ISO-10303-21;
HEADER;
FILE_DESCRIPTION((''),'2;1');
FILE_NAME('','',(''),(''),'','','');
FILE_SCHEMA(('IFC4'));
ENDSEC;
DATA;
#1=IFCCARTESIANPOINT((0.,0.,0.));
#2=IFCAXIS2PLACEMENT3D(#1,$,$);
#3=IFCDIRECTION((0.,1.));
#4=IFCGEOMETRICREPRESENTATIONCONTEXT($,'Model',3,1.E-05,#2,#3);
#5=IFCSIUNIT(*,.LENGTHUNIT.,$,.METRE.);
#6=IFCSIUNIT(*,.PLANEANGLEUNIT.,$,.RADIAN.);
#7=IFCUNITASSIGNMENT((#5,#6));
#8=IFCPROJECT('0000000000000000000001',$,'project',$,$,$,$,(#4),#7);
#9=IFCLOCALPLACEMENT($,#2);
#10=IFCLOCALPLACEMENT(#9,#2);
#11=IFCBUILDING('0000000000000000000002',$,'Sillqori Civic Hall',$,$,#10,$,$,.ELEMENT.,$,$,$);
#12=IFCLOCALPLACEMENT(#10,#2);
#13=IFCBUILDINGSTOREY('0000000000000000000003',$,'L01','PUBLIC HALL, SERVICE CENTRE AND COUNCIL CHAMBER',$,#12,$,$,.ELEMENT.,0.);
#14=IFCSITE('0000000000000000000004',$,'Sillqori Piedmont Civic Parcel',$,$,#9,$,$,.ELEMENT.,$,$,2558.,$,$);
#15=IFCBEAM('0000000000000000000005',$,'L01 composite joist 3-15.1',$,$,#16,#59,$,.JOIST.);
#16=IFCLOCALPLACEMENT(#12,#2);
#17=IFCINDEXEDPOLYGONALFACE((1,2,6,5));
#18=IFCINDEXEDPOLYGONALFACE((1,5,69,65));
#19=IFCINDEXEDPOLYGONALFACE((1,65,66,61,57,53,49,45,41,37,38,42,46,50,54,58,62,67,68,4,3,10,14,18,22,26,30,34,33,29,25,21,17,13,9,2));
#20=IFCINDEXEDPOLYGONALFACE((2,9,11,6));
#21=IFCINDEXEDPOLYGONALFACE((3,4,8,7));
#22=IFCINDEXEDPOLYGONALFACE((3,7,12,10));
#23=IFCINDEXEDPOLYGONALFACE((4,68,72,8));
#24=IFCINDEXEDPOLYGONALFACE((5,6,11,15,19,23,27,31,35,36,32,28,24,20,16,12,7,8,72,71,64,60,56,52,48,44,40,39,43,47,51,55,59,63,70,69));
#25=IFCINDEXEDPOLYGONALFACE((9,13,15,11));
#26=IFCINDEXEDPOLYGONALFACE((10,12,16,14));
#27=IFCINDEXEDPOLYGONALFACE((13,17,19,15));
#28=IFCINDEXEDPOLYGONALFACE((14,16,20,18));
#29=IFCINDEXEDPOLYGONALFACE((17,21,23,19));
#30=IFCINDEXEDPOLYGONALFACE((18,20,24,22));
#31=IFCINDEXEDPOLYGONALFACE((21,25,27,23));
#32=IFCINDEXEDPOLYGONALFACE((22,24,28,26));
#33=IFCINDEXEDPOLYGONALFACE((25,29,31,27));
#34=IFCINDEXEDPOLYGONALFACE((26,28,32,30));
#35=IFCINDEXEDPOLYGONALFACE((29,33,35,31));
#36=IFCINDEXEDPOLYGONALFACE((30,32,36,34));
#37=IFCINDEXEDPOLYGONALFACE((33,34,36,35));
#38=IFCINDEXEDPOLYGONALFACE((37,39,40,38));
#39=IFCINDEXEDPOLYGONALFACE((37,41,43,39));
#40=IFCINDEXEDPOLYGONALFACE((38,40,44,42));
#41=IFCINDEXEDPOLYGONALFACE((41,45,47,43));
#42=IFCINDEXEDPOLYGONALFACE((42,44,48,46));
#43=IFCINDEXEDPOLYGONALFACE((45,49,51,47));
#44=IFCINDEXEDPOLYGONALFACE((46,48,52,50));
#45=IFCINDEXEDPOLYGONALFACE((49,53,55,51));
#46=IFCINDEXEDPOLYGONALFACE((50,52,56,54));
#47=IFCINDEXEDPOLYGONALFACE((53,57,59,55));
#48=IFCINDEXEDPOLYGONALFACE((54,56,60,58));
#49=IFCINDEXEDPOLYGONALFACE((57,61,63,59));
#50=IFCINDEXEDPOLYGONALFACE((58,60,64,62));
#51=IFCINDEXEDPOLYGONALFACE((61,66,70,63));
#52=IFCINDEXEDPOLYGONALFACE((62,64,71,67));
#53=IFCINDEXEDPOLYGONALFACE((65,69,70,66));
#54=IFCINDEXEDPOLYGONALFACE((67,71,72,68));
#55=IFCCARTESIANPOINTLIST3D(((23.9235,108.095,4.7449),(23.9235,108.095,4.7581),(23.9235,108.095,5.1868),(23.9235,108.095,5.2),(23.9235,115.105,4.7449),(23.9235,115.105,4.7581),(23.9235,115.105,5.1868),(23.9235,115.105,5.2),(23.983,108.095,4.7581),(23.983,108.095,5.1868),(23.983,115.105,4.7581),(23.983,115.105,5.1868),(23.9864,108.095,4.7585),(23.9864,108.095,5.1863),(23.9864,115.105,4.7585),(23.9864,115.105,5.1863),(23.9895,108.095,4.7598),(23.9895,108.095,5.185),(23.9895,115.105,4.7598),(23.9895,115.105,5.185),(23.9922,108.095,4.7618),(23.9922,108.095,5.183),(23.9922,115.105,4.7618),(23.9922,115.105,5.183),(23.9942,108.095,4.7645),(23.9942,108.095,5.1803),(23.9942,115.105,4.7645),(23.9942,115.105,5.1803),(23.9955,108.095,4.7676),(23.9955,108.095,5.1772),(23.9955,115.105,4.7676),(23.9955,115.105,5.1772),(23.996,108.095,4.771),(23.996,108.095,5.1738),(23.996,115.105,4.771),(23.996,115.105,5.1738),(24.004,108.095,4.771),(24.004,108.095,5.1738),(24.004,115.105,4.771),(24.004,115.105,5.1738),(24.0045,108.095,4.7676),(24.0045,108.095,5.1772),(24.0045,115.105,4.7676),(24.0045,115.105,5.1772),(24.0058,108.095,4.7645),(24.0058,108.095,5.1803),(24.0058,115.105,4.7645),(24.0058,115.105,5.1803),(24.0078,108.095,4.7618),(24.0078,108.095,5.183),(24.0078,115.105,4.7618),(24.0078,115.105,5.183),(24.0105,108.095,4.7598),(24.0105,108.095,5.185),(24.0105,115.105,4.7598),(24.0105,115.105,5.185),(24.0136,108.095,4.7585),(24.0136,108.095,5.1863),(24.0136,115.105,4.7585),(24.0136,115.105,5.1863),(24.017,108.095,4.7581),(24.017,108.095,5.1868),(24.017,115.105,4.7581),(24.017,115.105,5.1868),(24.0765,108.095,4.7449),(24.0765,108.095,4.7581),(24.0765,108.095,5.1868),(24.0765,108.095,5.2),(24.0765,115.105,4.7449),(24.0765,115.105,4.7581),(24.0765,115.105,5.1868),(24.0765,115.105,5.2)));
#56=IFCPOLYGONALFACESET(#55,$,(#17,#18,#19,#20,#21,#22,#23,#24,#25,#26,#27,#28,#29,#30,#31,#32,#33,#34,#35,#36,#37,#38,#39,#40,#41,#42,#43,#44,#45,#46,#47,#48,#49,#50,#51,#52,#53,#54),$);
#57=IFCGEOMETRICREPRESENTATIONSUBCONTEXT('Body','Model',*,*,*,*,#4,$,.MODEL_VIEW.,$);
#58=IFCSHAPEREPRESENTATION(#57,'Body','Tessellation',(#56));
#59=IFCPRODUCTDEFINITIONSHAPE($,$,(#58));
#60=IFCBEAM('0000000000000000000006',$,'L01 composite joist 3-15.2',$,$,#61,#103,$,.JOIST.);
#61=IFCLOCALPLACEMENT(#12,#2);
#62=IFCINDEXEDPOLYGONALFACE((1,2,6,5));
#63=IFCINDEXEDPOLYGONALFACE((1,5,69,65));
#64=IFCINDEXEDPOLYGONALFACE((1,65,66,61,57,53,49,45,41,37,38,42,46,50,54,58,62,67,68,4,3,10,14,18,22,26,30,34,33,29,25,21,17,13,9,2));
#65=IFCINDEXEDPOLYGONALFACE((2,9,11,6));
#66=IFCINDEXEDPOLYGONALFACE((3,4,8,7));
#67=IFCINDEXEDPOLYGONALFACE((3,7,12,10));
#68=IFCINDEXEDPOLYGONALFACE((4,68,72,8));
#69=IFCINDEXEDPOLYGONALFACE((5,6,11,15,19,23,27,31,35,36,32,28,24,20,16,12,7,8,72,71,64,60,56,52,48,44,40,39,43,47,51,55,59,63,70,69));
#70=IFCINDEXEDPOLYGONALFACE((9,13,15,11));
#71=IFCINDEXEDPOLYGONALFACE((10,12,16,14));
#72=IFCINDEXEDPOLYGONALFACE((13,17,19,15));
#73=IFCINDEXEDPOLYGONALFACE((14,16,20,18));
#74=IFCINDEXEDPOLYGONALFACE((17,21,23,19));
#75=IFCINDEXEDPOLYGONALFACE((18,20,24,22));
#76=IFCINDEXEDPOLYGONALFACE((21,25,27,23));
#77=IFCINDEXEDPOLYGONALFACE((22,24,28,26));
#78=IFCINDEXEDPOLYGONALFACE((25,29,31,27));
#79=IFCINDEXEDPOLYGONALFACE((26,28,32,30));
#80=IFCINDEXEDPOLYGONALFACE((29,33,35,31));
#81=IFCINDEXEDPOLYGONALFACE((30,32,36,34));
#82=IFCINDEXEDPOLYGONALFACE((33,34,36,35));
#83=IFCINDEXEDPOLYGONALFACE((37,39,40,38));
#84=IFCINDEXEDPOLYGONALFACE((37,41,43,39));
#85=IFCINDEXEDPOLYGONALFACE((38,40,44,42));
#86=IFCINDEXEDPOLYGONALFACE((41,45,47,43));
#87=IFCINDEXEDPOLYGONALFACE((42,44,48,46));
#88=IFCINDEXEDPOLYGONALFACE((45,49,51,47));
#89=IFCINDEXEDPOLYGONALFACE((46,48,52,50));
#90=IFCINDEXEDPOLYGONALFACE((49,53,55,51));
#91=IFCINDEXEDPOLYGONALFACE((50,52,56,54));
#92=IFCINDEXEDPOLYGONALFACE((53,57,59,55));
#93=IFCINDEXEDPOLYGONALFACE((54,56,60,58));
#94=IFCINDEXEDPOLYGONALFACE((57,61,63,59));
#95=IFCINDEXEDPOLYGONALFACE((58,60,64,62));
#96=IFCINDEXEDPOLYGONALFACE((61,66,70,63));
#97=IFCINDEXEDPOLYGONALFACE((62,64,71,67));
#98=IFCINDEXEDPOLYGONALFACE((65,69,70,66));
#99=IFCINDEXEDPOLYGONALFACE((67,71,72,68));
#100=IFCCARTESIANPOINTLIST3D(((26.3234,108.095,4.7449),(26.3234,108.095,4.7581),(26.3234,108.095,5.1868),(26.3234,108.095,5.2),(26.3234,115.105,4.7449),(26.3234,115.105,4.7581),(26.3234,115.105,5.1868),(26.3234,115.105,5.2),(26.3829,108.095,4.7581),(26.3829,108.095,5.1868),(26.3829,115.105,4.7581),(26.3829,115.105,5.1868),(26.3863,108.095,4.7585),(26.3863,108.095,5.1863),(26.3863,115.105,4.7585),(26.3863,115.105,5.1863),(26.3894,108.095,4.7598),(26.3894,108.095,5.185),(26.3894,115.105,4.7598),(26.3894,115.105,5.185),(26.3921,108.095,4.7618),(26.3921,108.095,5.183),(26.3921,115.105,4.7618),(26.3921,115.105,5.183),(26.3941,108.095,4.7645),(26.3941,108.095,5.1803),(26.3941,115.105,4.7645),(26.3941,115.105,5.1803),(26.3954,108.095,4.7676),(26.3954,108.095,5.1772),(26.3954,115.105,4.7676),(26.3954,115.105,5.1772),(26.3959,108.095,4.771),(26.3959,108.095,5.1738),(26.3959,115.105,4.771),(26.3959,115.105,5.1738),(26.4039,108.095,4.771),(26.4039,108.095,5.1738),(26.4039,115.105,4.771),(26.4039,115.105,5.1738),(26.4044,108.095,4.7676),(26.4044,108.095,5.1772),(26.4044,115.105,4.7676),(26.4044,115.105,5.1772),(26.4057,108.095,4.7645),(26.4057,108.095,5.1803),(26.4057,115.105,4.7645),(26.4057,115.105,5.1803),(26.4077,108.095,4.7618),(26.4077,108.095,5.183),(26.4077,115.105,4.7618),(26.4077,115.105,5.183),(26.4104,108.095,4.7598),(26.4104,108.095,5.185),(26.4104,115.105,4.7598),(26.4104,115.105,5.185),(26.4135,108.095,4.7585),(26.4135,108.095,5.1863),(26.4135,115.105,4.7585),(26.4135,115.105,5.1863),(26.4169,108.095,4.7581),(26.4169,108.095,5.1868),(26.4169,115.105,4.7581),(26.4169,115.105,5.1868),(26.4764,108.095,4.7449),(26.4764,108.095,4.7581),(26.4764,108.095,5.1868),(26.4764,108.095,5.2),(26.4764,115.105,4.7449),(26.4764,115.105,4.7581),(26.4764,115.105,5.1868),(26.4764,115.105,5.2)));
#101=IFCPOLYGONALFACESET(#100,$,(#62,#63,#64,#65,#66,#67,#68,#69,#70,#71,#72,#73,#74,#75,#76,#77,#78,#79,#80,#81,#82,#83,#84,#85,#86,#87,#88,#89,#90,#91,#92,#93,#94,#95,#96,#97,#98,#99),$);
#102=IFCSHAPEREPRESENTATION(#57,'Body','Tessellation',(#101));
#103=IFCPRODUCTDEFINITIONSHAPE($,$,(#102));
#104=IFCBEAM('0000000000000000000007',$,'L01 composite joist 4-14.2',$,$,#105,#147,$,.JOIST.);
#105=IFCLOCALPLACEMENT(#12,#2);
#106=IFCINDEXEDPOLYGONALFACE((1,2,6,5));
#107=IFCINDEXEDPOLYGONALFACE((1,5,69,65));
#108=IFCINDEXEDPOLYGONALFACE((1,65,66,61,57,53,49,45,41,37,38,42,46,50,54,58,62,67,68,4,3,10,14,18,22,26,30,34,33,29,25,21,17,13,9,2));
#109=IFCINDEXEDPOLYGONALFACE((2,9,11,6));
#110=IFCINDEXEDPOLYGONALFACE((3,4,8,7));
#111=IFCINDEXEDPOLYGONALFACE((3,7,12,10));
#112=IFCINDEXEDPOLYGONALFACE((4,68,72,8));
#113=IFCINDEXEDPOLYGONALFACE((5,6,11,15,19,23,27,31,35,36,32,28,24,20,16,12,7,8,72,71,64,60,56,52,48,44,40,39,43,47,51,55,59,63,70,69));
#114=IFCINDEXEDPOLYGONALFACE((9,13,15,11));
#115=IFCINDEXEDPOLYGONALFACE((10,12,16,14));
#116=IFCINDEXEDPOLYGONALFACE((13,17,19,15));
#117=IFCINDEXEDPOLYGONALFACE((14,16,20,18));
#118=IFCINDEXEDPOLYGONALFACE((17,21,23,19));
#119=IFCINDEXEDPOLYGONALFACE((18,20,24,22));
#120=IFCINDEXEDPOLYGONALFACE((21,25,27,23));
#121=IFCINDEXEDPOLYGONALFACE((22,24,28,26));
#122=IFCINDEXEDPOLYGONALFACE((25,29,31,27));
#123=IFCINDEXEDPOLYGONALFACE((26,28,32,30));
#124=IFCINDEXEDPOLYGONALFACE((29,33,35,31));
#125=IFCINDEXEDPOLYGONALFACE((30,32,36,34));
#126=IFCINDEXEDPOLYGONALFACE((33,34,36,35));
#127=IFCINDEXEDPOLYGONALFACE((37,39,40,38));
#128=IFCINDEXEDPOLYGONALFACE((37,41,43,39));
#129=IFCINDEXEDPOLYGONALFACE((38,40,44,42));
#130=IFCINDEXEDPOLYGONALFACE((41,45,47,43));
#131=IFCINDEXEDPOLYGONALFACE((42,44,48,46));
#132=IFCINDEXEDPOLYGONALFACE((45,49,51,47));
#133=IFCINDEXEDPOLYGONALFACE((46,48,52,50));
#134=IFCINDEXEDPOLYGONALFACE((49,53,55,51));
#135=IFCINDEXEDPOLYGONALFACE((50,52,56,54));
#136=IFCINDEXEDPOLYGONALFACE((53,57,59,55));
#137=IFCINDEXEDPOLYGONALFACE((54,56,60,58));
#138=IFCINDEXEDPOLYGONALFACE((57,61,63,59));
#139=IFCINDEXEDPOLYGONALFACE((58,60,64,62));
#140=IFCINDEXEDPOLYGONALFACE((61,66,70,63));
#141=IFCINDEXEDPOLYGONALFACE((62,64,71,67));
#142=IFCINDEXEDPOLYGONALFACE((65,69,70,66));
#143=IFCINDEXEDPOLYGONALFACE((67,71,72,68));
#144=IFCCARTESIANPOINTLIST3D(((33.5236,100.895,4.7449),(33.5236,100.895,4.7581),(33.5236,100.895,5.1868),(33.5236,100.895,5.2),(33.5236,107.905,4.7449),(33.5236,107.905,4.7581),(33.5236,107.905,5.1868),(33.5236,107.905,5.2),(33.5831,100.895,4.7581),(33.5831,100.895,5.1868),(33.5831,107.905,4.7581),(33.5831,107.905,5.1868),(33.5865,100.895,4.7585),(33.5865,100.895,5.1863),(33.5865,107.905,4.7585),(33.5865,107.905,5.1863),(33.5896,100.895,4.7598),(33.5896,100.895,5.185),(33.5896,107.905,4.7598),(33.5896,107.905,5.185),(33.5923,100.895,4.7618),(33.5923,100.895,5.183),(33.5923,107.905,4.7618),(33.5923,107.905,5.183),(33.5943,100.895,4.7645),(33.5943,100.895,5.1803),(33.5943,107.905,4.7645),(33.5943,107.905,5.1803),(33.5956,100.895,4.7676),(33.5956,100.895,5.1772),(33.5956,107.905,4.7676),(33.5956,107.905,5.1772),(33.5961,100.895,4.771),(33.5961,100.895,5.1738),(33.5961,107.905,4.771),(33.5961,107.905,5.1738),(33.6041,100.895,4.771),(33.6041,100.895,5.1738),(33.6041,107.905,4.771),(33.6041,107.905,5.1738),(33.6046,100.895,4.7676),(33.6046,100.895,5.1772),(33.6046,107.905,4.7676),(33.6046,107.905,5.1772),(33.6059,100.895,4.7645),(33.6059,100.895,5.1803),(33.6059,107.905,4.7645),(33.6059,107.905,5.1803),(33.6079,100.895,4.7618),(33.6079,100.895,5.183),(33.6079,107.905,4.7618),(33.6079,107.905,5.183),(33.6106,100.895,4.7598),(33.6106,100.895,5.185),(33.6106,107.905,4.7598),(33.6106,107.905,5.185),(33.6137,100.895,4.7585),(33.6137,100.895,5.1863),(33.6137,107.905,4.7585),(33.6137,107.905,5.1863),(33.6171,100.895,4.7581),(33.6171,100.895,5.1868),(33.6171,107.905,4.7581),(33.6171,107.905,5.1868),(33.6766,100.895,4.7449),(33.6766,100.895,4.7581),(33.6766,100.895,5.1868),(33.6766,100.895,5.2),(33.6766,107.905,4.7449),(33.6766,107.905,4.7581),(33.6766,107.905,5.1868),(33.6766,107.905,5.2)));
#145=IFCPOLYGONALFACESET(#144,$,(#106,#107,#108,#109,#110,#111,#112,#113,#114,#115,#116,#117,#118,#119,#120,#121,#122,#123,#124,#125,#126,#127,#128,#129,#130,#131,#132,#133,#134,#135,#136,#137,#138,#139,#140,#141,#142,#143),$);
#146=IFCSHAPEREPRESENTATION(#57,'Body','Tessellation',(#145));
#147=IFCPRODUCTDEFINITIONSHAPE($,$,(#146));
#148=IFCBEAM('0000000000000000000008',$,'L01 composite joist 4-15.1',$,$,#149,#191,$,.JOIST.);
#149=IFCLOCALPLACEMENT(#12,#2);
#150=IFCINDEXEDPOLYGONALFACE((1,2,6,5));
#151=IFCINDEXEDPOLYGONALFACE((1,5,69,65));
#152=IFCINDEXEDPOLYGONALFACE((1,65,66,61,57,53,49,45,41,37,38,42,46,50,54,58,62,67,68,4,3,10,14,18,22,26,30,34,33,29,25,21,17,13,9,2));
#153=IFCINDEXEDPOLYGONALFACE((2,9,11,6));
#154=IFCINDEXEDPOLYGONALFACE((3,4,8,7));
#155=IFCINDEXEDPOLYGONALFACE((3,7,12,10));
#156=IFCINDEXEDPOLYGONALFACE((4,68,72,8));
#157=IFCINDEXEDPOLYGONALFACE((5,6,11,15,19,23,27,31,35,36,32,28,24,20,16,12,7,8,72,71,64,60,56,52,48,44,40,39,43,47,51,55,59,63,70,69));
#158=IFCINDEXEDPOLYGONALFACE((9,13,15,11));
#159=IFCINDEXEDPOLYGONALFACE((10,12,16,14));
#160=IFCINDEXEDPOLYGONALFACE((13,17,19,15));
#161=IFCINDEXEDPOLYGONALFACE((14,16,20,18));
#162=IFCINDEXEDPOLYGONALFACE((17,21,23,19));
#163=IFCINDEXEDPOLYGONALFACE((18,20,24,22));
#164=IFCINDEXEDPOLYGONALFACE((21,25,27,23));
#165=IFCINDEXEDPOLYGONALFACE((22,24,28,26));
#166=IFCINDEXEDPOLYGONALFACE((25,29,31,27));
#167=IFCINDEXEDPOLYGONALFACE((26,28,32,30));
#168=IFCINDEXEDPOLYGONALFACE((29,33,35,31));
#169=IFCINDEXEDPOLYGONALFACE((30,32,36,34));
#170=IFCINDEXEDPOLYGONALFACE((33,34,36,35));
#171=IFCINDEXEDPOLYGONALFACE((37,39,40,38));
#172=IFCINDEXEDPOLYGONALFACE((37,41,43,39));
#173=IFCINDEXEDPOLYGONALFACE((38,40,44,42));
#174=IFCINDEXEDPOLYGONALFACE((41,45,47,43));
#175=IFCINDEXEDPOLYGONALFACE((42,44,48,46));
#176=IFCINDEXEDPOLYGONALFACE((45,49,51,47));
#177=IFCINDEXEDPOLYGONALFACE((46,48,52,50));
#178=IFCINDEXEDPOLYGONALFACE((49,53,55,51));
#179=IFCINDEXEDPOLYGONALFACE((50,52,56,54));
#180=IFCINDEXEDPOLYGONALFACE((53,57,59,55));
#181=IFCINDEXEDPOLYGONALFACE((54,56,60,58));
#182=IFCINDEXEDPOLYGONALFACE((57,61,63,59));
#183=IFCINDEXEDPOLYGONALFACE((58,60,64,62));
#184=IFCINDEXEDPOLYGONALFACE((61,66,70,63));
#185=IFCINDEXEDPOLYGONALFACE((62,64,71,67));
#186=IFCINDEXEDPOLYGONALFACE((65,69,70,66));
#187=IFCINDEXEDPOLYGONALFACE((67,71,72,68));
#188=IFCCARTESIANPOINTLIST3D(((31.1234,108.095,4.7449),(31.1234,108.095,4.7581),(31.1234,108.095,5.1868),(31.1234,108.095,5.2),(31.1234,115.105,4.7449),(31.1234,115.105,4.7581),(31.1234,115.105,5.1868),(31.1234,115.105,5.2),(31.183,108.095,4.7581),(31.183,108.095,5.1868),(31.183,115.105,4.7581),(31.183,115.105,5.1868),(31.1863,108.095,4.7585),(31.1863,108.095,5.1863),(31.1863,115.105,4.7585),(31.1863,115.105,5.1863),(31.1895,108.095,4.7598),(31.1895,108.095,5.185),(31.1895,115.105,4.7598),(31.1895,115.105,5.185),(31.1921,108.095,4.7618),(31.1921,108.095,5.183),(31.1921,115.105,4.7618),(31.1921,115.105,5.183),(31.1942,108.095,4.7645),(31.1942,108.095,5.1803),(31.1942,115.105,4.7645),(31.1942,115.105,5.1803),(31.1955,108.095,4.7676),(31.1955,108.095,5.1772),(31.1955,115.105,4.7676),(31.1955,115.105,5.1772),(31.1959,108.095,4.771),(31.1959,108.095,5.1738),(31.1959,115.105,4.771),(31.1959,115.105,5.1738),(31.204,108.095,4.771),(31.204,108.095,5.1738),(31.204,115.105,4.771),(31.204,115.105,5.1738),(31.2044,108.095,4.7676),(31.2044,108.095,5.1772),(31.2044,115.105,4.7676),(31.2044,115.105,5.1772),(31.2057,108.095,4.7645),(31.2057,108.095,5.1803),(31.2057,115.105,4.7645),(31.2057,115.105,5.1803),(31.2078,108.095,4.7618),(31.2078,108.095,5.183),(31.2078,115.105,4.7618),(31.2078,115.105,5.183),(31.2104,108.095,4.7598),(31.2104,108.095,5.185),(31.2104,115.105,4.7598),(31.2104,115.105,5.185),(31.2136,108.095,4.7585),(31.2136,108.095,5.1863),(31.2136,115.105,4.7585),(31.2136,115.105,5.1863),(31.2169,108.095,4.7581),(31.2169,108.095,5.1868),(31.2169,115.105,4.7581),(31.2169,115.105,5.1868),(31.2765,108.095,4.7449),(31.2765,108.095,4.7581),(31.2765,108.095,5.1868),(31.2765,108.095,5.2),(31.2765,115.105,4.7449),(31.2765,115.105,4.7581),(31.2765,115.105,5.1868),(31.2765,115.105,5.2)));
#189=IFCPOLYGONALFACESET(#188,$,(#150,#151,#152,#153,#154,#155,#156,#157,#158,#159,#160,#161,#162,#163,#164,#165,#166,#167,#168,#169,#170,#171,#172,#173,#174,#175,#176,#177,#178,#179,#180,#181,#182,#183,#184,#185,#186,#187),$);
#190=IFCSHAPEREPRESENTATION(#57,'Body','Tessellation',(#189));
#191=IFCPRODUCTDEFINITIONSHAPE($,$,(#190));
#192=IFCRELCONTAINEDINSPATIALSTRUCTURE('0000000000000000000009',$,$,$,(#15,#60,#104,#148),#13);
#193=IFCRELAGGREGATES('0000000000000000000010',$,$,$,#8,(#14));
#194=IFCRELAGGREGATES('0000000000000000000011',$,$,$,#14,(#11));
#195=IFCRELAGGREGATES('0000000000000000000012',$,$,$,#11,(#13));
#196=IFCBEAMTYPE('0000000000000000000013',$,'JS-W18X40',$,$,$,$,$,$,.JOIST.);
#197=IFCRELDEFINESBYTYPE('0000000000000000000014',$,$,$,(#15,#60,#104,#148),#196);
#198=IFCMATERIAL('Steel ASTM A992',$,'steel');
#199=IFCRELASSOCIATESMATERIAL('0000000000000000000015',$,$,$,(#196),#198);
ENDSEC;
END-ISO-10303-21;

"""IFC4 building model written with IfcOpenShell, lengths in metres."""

from ifc_helpers import new_model, si_unit, direction, frame, origin, origin_2d, place, context, subcontext, project, spatial, i_section, extrude, material, material_profile, profile_set, type_object, element, save


model = new_model("IFC4")

# Units and contexts
model_context = context("Model", 3, precision=1e-05, world=origin(), true_north=direction((0.0, 1.0)))
body_context = subcontext(model_context, "Body", "Model", "MODEL_VIEW")
ifc_project = project(units=[si_unit("LENGTHUNIT", "METRE"), si_unit("PLANEANGLEUNIT", "RADIAN")], contexts=[model_context])

# Site, building, storey
site_placement = place(None, origin())
site = spatial("IfcSite", under=ifc_project, at=site_placement, Name="Sillqori Piedmont Civic Parcel", CompositionType="ELEMENT", RefElevation=2558.0)
building_placement = place(site_placement, origin())
building = spatial("IfcBuilding", under=site, at=building_placement, Name="Sillqori Civic Hall", CompositionType="ELEMENT")
storey_placement = place(building_placement, origin())
storey = spatial("IfcBuildingStorey", under=building, at=storey_placement, Name="L01", Description="PUBLIC HALL, SERVICE CENTRE AND COUNCIL CHAMBER", CompositionType="ELEMENT", Elevation=0.0)

# Shared definitions
ifc_material_1 = material(Name="Steel ASTM A992", Category="steel")

# Beams
ifc_material_profile_1 = material_profile(ifc_material_1, i_section(OverallWidth=0.1531, OverallDepth=0.4551, WebThickness=0.0081, FlangeThickness=0.0132, FilletRadius=0.0129, at=origin_2d()), Name="W18X40")
ifc_profile_set_1 = profile_set([ifc_material_profile_1], Name="Steel ASTM A992")
beam_type_1 = type_object("IfcBeamType", Name="JS-W18X40", PredefinedType="JOIST", material=ifc_profile_set_1)
for number, where, z_axis, x_axis, name in (
    (1, (24.0, 108.095, 4.9724), (0.0, 1.0, 0.0), (-1.0, 0.0, 0.0), "L01 composite joist 3-15.1"),
    (2, (26.3999, 108.095, 4.9724), (0.0, 1.0, 0.0), (-1.0, 0.0, 0.0), "L01 composite joist 3-15.2"),
    (3, (33.6001, 100.895, 4.9724), (0.0, 1.0, 0.0), (-1.0, 0.0, 0.0), "L01 composite joist 4-14.2"),
    (4, (31.2, 108.095, 4.9724), (0.0, 1.0, 0.0), (-1.0, 0.0, 0.0), "L01 composite joist 4-15.1"),
):
    element("IfcBeam", number, at=place(storey_placement, frame(where, z_axis=z_axis, x_axis=x_axis)), inside=storey, type_object=beam_type_1, Name=name, PredefinedType="JOIST", context=body_context, shape_type="SweptSolid", body=[
        extrude(i_section(OverallWidth=0.1531, OverallDepth=0.4551, WebThickness=0.0081, FlangeThickness=0.0132, FilletRadius=0.0129, at=origin_2d()), origin(), (0.0, 0.0, 1.0), 7.01),
    ])

save(model, "model.ifc")
